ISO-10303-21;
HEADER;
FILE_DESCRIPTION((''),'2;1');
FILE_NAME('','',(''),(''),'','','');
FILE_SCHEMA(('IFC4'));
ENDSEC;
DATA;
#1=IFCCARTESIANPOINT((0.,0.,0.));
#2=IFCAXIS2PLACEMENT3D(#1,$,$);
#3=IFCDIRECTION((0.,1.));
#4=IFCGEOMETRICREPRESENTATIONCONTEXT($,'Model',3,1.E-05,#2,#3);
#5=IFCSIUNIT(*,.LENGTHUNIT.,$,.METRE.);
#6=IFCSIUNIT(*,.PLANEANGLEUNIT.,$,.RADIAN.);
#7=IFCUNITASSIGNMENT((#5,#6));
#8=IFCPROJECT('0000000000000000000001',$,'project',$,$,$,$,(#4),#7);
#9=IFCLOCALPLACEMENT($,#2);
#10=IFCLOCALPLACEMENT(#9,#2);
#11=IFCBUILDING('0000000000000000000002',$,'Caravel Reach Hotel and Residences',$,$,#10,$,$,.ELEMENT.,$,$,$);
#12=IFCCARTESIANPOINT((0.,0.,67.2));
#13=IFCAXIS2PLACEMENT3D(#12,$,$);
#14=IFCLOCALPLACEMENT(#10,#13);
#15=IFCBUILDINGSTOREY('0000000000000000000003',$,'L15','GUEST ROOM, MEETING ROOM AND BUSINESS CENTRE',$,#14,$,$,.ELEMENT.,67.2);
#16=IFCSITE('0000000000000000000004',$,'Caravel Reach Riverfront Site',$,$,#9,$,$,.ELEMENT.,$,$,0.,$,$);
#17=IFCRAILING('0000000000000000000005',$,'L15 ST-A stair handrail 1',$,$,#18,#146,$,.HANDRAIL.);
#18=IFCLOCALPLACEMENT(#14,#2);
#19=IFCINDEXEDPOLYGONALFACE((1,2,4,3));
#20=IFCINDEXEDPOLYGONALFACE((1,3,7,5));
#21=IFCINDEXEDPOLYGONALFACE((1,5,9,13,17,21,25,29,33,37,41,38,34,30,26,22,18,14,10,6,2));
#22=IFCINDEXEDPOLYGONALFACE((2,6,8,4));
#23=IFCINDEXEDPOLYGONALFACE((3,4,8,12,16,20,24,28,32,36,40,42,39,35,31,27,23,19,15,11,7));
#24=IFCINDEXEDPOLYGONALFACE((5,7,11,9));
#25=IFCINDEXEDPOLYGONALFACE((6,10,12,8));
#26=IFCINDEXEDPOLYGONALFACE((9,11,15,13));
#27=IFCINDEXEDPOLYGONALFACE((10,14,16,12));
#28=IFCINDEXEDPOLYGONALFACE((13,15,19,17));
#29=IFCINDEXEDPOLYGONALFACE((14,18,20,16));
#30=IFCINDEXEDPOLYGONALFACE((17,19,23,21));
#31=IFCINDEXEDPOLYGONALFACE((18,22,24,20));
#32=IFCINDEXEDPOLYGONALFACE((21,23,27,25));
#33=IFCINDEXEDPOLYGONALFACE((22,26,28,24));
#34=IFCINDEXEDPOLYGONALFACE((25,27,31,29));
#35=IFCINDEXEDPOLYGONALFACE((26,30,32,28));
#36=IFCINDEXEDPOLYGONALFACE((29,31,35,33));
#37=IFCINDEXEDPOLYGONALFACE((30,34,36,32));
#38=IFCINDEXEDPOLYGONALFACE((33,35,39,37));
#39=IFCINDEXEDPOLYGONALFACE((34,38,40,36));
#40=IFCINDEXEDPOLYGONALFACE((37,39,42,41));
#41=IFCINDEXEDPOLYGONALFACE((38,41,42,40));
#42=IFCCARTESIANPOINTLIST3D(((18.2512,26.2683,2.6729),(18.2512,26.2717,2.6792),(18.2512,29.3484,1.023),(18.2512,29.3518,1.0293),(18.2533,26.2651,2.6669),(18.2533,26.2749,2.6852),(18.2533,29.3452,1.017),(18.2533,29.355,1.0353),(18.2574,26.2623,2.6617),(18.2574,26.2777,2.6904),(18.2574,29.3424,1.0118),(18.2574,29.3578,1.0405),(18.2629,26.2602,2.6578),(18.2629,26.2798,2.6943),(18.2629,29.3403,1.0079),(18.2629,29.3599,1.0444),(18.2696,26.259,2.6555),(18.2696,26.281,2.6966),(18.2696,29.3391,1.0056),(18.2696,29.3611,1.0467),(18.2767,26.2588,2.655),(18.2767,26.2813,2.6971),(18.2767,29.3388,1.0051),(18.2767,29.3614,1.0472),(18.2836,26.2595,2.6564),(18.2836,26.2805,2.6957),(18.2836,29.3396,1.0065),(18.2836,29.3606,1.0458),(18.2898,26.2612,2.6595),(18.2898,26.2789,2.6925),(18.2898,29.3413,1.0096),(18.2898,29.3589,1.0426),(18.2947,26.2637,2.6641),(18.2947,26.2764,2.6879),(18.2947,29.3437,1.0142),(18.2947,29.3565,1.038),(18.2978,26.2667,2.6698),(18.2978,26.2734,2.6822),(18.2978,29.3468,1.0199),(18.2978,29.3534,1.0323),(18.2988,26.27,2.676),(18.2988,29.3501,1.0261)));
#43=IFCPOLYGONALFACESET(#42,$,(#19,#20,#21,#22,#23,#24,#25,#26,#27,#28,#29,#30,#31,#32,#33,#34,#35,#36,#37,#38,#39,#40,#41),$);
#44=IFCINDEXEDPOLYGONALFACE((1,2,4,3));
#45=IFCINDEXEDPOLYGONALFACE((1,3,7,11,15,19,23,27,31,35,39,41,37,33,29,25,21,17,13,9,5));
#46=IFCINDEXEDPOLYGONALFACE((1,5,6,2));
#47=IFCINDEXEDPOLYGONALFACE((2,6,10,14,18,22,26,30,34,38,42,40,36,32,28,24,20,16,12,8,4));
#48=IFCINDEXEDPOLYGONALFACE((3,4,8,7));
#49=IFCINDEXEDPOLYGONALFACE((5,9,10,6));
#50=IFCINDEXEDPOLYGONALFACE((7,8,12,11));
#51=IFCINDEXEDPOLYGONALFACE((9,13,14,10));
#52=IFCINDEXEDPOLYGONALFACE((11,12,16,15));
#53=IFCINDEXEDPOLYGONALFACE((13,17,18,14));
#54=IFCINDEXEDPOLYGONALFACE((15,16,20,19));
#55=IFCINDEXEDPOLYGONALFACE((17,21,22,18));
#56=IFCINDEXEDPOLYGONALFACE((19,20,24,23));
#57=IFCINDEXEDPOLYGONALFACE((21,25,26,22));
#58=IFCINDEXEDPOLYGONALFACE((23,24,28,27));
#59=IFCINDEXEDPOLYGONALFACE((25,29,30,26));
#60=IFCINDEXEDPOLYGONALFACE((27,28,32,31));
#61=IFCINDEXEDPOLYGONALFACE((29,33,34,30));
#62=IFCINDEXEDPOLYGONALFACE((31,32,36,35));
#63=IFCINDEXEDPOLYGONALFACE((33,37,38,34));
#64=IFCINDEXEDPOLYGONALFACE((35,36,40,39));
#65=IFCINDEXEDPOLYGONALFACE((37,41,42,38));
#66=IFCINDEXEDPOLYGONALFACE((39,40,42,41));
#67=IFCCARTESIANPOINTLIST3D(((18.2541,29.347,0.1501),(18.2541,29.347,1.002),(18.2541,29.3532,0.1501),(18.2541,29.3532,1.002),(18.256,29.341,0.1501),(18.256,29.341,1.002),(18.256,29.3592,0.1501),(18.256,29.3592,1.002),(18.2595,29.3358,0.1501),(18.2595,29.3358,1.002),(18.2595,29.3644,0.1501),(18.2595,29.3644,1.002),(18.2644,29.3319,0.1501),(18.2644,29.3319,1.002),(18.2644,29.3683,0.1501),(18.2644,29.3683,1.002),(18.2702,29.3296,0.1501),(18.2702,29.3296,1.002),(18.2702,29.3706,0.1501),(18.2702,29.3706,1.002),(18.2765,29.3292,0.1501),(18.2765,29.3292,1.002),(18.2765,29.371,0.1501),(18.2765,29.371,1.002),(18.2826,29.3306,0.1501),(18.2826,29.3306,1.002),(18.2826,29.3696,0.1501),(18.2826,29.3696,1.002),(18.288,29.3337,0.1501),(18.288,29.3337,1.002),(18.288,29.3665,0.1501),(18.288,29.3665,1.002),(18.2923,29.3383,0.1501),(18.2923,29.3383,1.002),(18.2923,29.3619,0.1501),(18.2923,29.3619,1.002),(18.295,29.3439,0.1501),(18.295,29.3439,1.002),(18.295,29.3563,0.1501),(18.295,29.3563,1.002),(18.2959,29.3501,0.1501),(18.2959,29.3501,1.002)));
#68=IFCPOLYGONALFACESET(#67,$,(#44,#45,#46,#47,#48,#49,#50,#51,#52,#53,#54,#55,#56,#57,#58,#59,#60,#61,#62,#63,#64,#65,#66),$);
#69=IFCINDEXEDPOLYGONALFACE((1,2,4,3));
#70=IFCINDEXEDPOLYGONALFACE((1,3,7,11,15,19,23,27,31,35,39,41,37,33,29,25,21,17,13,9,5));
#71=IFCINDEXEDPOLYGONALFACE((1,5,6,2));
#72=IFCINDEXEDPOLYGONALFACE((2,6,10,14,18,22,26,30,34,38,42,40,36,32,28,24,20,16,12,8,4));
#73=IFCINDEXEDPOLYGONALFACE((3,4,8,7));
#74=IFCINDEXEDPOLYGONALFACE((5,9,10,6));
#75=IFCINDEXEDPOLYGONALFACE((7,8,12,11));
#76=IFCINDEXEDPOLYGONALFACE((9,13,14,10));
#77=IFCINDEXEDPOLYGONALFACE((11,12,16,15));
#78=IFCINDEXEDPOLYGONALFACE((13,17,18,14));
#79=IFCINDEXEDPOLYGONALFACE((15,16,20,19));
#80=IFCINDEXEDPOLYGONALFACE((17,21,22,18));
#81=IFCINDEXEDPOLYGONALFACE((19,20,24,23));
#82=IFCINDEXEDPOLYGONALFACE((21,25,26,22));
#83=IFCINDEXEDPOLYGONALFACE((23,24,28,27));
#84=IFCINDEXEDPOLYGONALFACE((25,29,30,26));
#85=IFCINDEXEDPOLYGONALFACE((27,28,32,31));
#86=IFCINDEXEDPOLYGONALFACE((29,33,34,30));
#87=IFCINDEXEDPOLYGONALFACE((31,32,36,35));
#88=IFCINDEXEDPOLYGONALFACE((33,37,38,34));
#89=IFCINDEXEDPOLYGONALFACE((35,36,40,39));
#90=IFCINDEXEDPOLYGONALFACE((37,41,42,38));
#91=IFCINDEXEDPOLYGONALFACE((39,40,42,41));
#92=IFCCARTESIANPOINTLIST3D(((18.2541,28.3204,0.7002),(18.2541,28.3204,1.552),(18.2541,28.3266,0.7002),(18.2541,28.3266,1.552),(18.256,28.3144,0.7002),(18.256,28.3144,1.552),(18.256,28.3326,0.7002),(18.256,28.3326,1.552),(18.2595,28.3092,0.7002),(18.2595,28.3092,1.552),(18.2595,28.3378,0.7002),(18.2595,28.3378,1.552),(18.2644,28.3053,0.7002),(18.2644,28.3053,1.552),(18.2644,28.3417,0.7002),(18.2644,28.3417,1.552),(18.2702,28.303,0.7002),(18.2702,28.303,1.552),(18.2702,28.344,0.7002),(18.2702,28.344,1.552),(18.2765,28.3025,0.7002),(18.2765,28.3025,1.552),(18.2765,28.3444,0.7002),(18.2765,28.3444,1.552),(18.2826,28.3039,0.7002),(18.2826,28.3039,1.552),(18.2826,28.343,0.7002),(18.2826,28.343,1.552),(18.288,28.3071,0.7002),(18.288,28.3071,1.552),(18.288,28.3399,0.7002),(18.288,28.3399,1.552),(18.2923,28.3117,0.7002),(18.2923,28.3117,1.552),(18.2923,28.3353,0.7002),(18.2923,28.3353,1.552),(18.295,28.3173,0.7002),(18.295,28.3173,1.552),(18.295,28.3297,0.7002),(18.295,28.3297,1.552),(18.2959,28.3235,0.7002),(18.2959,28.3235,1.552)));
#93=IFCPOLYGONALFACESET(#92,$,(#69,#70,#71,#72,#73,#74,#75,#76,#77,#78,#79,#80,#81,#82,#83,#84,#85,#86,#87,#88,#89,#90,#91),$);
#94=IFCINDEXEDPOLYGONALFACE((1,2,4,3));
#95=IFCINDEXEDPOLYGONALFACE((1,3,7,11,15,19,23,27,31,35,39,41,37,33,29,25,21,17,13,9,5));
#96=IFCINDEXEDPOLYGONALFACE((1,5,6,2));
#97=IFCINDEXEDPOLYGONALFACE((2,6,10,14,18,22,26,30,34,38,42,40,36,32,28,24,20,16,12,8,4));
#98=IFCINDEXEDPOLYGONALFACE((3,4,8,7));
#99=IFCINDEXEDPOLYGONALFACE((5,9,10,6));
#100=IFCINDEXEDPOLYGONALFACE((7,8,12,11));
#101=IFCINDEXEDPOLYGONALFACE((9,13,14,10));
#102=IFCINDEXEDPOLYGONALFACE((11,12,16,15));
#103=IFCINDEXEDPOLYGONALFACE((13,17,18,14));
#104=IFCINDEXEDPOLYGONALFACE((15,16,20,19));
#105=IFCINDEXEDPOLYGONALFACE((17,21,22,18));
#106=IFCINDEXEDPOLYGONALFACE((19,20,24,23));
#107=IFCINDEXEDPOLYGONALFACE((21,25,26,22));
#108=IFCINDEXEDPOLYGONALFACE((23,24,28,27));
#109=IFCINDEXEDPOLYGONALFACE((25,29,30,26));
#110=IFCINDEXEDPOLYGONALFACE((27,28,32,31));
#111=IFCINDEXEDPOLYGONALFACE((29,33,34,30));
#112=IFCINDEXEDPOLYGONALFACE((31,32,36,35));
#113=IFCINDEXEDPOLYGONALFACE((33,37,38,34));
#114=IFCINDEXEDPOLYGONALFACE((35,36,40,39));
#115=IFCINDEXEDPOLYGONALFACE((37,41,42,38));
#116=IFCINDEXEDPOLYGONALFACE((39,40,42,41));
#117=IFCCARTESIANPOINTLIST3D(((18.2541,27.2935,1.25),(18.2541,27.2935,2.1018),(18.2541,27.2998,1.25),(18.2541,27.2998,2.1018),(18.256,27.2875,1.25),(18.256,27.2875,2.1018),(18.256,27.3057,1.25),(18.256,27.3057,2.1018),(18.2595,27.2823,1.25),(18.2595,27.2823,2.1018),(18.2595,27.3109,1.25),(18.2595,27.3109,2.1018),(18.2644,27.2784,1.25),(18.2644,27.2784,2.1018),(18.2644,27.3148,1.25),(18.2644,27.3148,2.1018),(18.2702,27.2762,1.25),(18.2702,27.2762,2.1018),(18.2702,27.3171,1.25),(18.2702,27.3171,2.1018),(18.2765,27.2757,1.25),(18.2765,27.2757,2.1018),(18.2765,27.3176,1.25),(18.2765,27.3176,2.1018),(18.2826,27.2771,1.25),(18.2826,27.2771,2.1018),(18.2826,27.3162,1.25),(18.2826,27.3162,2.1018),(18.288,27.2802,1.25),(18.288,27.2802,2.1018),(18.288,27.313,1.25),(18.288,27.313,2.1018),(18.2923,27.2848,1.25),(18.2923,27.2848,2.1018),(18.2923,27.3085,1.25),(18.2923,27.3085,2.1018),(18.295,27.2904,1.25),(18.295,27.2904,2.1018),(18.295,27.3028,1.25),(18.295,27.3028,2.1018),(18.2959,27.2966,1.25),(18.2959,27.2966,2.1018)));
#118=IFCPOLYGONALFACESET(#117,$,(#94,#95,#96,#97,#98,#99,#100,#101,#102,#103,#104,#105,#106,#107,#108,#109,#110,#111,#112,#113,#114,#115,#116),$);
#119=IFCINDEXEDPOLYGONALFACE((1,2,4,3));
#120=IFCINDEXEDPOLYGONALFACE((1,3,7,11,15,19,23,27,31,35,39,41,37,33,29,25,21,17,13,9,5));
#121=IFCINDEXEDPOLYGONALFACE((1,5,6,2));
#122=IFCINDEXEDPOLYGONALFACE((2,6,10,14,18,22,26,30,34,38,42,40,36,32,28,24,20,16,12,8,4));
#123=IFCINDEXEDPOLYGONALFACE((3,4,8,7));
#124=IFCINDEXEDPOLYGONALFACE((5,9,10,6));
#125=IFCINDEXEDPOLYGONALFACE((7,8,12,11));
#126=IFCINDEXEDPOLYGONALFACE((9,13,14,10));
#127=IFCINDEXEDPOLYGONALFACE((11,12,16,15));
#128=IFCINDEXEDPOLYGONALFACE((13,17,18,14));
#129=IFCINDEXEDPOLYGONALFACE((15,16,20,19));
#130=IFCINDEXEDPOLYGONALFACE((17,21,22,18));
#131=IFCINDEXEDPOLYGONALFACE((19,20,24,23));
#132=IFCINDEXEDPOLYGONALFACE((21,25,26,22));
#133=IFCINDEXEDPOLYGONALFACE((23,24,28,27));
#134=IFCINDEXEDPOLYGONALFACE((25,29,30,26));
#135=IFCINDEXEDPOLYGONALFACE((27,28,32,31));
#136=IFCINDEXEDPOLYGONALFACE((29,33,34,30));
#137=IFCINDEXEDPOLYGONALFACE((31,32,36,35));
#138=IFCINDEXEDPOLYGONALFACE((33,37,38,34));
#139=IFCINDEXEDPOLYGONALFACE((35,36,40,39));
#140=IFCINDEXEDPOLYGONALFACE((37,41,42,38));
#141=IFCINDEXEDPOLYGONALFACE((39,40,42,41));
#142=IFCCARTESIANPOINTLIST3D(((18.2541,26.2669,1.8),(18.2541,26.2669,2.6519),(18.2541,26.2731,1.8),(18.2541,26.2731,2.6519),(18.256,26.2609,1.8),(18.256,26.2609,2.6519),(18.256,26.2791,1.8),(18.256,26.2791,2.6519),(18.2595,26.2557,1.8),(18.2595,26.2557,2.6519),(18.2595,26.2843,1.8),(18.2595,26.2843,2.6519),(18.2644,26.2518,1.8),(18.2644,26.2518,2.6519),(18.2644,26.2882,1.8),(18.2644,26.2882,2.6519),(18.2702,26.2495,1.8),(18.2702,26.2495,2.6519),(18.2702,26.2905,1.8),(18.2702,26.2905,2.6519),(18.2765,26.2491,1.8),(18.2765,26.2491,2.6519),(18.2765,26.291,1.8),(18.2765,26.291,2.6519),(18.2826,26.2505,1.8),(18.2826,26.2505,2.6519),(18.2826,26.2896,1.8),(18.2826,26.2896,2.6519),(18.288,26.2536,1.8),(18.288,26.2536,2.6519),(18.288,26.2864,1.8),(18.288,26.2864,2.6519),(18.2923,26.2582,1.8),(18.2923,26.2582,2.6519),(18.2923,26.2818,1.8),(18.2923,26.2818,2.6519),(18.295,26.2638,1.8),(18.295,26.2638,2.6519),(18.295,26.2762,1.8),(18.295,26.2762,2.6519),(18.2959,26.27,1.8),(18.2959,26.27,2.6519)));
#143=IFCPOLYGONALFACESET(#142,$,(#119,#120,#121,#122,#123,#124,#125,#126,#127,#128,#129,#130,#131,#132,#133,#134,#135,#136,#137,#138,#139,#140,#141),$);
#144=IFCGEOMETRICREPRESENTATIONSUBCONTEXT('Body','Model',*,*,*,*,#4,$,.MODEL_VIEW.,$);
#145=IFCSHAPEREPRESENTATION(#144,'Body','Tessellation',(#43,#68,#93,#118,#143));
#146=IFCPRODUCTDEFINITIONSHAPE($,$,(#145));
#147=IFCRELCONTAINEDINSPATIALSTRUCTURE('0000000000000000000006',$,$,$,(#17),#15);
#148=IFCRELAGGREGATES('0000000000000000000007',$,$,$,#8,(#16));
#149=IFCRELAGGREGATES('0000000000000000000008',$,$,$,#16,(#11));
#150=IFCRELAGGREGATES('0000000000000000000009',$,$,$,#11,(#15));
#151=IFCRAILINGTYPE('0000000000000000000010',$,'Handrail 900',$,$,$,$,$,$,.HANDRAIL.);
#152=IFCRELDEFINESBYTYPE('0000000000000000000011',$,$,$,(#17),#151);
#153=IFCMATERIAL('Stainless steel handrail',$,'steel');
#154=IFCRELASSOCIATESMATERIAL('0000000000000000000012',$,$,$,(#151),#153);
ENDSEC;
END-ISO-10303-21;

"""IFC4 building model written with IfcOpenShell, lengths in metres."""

from ifc_helpers import new_model, si_unit, direction, frame, origin, origin_2d, place, context, subcontext, project, spatial, circle, extrude, material, type_object, element, save


model = new_model("IFC4")

# Units and contexts
model_context = context("Model", 3, precision=1e-05, world=origin(), true_north=direction((0.0, 1.0)))
body_context = subcontext(model_context, "Body", "Model", "MODEL_VIEW")
ifc_project = project(units=[si_unit("LENGTHUNIT", "METRE"), si_unit("PLANEANGLEUNIT", "RADIAN")], contexts=[model_context])

# Site, building, storey
site_placement = place(None, origin())
site = spatial("IfcSite", under=ifc_project, at=site_placement, Name="Caravel Reach Riverfront Site", CompositionType="ELEMENT", RefElevation=0.0)
building_placement = place(site_placement, origin())
building = spatial("IfcBuilding", under=site, at=building_placement, Name="Caravel Reach Hotel and Residences", CompositionType="ELEMENT")
storey_placement = place(building_placement, frame((0.0, 0.0, 67.2)))
storey = spatial("IfcBuildingStorey", under=building, at=storey_placement, Name="L15", Description="GUEST ROOM, MEETING ROOM AND BUSINESS CENTRE", CompositionType="ELEMENT", Elevation=67.2)

# Railing
ifc_material_1 = material(Name="Stainless steel handrail", Category="steel")
railing_type_1 = type_object("IfcRailingType", Name="Handrail 900", PredefinedType="HANDRAIL", material=ifc_material_1)
railing_1_placement = place(storey_placement, frame((18.2749, 29.3501, 0.1501)))
element("IfcRailing", 1, at=railing_1_placement, inside=storey, type_object=railing_type_1, Name="L15 ST-A stair handrail 1", PredefinedType="HANDRAIL", context=body_context, shape_type="SweptSolid", body=[
    extrude(circle(Radius=0.0239, at=origin_2d()), frame((0.0, 0.0, 0.876), z_axis=(0.0, -0.881497, 0.47219), x_axis=(1.0, 0.0, 0.0)), (0.0, 0.0, 1.0), 3.4941),
    extrude(circle(Radius=0.021, at=origin_2d()), origin(), (0.0, 0.0, 1.0), 0.8518),
    extrude(circle(Radius=0.021, at=origin_2d()), frame((0.0, -1.0266, 0.55)), (0.0, 0.0, 1.0), 0.8518),
    extrude(circle(Radius=0.021, at=origin_2d()), frame((0.0, -2.0535, 1.0999)), (0.0, 0.0, 1.0), 0.8518),
    extrude(circle(Radius=0.021, at=origin_2d()), frame((0.0, -3.0801, 1.6499)), (0.0, 0.0, 1.0), 0.8518),
])

save(model, "model.ifc")
